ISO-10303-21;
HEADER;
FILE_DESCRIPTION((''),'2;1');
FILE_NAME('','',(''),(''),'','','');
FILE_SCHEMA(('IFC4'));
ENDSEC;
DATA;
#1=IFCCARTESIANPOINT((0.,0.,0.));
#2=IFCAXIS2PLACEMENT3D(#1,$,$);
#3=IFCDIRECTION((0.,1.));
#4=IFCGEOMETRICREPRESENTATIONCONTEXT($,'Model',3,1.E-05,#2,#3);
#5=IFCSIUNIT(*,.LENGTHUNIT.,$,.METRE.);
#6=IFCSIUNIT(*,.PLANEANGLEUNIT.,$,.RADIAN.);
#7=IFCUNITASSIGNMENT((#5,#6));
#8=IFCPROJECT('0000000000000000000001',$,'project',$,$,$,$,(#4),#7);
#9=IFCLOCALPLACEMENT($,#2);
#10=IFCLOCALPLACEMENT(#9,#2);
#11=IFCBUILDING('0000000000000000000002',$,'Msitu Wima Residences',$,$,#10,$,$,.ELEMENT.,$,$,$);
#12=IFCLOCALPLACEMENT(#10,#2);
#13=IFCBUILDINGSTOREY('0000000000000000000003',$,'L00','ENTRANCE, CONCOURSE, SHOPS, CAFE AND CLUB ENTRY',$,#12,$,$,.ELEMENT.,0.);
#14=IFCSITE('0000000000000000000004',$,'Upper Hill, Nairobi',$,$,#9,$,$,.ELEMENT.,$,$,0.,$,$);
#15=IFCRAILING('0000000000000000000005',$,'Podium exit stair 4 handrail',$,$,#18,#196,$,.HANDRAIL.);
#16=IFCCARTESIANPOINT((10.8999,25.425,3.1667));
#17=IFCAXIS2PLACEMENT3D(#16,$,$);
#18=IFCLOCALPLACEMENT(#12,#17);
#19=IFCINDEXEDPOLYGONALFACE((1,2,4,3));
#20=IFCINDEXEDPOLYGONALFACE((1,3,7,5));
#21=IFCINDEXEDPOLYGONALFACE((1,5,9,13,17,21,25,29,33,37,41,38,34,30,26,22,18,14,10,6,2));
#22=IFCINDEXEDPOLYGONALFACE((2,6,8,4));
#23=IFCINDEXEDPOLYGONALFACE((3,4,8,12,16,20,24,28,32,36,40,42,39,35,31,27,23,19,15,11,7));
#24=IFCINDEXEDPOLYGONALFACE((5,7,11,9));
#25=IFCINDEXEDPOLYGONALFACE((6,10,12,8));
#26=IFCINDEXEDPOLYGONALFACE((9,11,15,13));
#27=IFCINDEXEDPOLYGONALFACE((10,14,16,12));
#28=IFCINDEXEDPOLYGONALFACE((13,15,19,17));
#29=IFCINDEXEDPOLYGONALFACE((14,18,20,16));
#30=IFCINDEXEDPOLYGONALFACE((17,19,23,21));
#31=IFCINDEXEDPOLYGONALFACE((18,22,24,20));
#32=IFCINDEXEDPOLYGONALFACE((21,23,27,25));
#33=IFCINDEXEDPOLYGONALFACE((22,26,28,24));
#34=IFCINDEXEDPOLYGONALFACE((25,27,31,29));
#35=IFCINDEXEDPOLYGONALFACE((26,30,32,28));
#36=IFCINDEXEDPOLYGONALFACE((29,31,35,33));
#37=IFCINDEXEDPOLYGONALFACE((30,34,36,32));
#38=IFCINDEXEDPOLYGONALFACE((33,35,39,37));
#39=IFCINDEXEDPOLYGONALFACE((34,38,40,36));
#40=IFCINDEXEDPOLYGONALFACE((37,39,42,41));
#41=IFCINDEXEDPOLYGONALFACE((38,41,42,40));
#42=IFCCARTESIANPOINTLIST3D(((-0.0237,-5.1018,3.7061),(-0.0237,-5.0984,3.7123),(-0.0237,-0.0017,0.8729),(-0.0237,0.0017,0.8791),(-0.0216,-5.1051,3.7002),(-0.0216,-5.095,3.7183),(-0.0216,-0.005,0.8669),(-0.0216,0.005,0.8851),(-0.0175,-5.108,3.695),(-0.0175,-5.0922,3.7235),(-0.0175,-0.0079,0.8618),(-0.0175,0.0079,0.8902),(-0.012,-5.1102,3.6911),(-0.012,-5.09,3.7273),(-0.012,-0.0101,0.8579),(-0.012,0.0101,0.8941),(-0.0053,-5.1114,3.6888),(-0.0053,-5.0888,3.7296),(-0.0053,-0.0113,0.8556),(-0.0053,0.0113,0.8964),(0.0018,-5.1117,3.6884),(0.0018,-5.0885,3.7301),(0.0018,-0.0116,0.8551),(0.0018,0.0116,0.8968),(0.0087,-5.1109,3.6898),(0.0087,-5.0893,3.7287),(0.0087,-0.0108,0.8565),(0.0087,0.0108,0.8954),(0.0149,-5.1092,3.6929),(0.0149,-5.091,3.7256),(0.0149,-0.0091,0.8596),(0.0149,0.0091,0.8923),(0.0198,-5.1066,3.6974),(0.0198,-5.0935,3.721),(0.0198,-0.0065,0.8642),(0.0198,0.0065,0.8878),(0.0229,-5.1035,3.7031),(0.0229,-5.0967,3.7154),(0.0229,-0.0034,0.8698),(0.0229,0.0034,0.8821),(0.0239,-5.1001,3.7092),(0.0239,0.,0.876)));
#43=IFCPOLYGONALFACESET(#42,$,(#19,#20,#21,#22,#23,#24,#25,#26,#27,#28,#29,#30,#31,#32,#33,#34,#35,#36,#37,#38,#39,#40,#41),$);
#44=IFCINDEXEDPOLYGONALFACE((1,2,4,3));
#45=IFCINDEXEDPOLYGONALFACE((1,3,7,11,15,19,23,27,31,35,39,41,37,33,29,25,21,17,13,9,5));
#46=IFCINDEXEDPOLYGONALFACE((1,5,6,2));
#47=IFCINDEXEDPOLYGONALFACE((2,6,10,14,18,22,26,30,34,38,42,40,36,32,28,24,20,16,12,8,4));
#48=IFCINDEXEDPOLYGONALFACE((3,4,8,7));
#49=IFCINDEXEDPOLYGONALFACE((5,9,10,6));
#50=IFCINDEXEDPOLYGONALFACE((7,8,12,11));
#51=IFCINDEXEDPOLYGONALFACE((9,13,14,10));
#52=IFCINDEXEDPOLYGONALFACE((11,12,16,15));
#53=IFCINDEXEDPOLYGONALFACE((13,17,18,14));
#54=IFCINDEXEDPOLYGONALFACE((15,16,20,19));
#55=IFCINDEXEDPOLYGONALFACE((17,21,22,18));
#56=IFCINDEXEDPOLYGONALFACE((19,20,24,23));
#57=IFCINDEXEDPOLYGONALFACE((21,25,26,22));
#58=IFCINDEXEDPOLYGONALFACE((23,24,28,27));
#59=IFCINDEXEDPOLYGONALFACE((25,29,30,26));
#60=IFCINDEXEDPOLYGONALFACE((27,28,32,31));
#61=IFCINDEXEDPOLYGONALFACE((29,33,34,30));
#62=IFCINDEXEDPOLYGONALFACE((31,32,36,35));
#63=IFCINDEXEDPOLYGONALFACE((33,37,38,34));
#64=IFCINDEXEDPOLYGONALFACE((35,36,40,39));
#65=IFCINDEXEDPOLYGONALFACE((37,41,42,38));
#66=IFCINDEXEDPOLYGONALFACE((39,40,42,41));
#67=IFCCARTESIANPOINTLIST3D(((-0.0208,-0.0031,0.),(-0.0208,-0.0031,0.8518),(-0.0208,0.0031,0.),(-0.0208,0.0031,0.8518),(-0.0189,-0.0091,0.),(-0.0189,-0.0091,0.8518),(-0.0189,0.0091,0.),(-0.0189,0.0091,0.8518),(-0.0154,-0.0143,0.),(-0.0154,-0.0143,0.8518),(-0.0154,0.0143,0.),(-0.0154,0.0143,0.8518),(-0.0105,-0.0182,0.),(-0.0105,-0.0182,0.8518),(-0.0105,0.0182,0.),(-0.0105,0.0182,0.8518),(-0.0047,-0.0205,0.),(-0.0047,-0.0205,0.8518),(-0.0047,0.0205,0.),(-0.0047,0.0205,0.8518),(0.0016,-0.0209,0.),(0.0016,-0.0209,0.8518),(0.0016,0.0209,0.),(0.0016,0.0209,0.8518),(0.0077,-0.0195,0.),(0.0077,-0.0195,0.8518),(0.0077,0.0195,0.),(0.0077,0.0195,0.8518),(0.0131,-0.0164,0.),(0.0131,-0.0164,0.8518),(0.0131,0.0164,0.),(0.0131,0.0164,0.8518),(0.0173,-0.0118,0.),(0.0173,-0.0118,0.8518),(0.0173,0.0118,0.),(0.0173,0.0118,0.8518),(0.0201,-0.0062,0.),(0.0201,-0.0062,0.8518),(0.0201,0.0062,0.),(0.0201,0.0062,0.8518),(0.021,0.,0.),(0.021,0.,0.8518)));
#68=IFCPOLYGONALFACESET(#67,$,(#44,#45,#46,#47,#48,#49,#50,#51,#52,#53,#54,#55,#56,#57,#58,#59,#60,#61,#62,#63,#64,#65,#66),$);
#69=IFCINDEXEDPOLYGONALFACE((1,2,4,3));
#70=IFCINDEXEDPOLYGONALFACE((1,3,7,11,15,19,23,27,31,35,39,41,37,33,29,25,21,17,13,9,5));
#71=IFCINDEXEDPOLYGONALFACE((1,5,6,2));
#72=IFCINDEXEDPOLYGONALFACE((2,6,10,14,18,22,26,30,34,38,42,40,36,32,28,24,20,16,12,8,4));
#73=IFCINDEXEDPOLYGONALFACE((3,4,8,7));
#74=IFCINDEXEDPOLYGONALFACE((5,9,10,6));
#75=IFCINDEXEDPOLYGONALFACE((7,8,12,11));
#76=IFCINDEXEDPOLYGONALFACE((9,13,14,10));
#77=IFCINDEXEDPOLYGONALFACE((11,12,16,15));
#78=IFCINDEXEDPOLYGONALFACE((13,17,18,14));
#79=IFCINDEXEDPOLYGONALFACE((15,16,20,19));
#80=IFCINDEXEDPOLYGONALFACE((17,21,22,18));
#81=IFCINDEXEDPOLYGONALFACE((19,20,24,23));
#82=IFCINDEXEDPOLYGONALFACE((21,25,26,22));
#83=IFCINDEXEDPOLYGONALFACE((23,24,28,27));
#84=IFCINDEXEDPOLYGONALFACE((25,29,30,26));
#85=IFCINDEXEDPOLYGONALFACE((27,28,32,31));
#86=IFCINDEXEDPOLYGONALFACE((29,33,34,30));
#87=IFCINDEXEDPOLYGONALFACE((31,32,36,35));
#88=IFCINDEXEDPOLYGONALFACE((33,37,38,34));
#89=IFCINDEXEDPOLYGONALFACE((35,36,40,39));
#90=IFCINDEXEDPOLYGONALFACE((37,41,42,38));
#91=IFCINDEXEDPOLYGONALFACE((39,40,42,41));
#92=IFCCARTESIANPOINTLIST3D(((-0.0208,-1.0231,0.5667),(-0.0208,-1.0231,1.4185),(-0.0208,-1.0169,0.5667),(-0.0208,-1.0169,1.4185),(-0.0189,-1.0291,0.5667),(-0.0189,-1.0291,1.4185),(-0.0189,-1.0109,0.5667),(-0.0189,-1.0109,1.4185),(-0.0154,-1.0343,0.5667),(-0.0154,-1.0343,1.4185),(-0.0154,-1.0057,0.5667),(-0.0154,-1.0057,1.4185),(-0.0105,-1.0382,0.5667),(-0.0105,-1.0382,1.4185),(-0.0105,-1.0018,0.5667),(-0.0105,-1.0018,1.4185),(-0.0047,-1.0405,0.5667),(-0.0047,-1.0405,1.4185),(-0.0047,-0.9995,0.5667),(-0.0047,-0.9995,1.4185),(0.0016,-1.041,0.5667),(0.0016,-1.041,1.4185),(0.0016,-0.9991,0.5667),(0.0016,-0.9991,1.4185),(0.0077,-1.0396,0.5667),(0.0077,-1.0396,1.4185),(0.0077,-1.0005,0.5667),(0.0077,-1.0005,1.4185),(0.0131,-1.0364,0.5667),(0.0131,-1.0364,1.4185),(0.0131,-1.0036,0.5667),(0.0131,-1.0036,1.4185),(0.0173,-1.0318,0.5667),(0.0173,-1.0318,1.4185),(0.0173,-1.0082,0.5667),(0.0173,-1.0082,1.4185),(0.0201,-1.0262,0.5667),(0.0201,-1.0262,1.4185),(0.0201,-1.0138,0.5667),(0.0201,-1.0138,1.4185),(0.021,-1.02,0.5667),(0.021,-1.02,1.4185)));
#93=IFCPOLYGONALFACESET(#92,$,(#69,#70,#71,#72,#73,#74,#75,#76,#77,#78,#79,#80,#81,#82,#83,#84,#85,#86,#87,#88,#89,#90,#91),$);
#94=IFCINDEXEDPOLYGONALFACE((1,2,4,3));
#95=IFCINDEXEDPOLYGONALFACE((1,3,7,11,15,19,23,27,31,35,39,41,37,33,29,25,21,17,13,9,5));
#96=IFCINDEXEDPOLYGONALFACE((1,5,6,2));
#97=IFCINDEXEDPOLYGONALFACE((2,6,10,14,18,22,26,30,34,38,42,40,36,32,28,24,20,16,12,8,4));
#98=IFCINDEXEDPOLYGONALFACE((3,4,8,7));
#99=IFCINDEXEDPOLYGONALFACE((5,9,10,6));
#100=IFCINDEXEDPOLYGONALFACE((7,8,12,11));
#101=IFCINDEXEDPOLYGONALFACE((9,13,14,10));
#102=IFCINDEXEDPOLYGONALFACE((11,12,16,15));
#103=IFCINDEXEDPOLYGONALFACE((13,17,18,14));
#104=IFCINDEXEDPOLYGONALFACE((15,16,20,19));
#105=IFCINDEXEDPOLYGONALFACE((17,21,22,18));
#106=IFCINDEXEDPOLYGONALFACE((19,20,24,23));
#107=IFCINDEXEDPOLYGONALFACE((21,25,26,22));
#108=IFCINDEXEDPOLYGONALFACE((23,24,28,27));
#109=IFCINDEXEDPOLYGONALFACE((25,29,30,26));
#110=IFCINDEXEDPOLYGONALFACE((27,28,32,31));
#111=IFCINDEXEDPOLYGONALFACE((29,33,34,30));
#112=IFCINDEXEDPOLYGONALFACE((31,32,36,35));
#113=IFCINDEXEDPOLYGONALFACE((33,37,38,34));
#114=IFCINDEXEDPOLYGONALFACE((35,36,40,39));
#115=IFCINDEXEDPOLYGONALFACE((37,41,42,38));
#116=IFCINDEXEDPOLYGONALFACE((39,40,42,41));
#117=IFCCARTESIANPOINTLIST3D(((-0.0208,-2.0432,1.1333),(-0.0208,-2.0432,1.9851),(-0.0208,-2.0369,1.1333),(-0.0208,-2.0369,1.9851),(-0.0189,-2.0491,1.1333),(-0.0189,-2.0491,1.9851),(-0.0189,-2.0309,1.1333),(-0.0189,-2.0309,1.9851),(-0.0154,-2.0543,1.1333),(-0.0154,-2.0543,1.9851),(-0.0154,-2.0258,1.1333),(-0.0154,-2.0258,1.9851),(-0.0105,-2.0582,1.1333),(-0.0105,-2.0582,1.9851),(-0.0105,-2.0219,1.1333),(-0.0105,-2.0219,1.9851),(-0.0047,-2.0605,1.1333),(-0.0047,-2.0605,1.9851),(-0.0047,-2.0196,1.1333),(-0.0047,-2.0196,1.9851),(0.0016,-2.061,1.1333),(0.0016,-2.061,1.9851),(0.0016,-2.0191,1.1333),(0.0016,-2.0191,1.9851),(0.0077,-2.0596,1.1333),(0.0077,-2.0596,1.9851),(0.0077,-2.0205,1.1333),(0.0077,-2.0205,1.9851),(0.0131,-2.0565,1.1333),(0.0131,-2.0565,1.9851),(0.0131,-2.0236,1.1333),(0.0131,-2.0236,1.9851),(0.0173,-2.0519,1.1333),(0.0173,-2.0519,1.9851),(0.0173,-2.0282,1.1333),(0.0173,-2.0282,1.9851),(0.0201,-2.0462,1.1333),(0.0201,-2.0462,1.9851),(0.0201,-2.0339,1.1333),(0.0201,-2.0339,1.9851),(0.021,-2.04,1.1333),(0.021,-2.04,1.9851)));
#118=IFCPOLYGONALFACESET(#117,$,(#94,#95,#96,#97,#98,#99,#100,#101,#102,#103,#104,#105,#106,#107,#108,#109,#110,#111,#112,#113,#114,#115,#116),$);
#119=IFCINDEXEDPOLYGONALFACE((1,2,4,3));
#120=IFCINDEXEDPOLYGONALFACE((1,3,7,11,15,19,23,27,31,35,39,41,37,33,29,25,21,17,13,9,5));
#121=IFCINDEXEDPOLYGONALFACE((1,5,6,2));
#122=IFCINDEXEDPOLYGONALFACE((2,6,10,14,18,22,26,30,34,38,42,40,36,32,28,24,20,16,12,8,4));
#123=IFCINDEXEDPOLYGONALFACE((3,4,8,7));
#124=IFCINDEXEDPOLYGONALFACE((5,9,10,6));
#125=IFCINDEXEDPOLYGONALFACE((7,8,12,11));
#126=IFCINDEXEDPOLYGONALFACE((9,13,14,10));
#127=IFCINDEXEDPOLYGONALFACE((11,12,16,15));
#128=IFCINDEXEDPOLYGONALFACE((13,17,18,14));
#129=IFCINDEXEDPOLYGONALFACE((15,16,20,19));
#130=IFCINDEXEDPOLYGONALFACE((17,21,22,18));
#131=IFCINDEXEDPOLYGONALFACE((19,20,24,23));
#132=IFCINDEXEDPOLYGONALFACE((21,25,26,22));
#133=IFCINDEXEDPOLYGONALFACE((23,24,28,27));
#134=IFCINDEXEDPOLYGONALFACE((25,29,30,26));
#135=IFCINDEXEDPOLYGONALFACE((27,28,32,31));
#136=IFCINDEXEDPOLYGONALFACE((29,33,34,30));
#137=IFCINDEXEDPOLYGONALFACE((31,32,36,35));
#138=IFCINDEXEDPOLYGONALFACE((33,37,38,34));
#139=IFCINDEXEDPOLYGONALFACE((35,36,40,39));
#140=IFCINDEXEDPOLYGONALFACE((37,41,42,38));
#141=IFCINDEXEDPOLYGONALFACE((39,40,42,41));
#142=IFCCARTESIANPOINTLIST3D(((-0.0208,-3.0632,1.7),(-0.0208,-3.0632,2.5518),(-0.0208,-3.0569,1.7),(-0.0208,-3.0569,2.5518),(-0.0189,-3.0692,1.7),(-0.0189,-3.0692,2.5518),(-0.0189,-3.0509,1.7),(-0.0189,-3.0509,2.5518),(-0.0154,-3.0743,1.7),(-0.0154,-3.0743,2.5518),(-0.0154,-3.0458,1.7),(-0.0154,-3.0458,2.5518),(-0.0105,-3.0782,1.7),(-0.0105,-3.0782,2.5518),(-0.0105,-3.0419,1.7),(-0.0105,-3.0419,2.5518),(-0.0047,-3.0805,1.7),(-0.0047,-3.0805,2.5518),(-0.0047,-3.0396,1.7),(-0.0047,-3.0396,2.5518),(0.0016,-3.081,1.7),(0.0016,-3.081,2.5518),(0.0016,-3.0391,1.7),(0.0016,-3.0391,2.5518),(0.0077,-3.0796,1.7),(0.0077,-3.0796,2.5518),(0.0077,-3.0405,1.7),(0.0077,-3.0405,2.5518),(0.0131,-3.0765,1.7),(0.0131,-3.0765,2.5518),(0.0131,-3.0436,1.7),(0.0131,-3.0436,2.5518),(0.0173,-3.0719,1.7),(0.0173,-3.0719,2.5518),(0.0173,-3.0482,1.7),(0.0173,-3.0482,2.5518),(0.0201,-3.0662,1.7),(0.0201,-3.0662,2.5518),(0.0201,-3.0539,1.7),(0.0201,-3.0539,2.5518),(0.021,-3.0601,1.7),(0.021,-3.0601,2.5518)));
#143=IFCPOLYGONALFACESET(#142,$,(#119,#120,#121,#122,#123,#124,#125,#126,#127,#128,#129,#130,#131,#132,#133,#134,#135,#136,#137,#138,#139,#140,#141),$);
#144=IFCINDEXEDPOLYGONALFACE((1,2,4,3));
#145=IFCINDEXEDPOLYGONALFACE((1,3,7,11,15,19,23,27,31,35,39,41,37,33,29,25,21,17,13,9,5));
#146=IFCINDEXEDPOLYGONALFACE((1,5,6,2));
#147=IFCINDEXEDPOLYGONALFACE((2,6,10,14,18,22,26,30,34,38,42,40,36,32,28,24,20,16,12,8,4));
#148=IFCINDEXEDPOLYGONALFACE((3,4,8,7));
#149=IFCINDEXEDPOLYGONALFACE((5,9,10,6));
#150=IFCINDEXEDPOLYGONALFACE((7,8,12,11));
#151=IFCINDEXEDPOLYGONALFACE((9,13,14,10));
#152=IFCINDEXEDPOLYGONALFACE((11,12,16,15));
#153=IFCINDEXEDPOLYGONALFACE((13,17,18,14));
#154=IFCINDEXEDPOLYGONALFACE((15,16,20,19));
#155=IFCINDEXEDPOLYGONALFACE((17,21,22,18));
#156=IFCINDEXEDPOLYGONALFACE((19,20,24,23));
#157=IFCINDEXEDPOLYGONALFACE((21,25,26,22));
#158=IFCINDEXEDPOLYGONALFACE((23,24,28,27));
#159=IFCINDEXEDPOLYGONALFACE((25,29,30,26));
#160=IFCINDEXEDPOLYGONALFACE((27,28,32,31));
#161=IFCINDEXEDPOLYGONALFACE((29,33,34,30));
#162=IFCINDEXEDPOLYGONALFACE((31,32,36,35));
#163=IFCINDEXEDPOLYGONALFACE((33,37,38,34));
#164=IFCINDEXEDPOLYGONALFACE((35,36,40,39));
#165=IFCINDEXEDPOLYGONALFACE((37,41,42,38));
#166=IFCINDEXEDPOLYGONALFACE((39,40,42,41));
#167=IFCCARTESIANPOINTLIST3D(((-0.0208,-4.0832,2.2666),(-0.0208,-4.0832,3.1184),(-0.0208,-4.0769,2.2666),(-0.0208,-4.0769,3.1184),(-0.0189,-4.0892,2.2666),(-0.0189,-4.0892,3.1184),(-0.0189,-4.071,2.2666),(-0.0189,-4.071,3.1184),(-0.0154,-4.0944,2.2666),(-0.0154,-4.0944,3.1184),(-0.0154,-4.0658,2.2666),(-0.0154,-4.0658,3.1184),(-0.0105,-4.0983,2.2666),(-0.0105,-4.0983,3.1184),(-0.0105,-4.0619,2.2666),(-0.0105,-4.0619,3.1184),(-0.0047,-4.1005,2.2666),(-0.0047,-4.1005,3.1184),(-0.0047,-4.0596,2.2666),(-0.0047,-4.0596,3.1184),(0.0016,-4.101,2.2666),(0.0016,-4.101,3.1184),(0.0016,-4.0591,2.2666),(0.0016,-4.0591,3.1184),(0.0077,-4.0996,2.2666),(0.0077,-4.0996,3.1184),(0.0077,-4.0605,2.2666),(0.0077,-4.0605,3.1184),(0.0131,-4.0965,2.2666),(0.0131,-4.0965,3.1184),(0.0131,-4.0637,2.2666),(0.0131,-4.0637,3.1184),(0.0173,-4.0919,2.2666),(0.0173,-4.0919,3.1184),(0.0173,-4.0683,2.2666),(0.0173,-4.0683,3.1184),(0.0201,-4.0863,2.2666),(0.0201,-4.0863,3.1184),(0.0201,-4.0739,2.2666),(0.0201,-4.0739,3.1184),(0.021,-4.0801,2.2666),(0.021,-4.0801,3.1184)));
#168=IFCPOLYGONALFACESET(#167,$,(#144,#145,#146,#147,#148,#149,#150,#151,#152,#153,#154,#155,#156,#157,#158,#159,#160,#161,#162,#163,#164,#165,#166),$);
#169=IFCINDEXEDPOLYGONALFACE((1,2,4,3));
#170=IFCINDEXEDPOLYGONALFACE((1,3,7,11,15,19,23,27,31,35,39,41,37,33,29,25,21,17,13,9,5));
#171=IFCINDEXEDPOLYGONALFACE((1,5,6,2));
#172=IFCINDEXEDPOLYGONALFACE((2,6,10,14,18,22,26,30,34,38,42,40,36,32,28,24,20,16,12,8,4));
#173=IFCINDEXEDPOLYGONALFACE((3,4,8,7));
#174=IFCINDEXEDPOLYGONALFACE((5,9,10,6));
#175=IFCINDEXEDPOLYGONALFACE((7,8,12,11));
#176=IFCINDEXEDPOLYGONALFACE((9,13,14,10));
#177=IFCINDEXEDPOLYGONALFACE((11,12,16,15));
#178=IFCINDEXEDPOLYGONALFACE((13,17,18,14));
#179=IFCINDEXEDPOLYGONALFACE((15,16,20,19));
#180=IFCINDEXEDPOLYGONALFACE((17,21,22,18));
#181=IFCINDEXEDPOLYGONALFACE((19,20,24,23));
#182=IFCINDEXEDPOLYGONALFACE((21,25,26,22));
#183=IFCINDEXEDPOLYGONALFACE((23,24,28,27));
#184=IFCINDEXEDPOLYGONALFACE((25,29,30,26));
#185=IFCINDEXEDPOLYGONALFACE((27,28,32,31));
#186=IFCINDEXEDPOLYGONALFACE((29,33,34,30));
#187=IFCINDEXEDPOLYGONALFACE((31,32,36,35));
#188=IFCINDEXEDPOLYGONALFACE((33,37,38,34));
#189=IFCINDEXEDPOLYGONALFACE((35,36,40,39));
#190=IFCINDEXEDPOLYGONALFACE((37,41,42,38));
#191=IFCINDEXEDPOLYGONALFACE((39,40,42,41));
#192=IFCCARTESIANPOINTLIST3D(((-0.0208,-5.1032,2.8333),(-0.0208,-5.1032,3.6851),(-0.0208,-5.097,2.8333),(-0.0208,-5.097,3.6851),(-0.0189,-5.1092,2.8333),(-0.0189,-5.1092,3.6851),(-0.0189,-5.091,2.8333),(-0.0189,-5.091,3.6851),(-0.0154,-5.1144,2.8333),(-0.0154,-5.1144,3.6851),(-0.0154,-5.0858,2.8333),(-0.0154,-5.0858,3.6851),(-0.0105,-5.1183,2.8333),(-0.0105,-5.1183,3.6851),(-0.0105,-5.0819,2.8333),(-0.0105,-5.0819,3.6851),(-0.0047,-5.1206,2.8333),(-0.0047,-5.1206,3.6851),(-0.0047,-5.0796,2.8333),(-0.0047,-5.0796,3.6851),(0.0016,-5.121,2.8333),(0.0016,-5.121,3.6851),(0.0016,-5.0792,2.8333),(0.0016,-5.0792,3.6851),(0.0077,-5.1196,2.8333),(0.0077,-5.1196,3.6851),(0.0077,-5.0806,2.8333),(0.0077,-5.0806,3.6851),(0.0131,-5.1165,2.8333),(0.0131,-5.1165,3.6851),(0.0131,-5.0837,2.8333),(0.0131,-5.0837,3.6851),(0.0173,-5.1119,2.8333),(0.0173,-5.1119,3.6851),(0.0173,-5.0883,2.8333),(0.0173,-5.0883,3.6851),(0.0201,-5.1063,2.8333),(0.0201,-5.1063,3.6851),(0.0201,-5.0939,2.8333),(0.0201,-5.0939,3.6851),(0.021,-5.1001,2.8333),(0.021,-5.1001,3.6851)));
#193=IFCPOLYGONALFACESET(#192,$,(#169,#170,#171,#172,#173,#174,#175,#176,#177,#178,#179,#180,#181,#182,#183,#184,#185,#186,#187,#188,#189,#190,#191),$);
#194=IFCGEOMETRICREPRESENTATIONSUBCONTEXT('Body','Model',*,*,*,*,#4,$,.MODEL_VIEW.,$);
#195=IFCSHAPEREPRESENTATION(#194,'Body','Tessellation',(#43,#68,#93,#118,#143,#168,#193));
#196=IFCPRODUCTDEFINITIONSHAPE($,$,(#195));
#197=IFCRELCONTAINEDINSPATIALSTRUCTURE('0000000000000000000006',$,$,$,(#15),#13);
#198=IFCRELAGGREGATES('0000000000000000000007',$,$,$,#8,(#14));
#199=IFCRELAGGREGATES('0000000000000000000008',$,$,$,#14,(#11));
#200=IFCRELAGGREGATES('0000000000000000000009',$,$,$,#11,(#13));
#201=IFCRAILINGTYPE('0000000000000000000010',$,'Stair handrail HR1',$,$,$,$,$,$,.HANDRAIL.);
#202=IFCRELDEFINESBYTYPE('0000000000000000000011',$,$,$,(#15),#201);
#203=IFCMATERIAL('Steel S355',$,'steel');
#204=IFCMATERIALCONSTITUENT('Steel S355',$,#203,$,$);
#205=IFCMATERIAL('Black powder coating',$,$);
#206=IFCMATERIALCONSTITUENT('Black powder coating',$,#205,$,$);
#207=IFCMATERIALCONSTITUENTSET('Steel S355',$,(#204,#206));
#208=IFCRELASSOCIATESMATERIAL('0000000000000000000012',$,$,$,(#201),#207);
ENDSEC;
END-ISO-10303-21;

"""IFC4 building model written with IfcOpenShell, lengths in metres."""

from ifc_helpers import new_model, si_unit, direction, frame, origin, origin_2d, place, context, subcontext, project, spatial, circle, extrude, material, constituent, constituent_set, type_object, element, save


model = new_model("IFC4")

# Units and contexts
model_context = context("Model", 3, precision=1e-05, world=origin(), true_north=direction((0.0, 1.0)))
body_context = subcontext(model_context, "Body", "Model", "MODEL_VIEW")
ifc_project = project(units=[si_unit("LENGTHUNIT", "METRE"), si_unit("PLANEANGLEUNIT", "RADIAN")], contexts=[model_context])

# Site, building, storey
site_placement = place(None, origin())
site = spatial("IfcSite", under=ifc_project, at=site_placement, Name="Upper Hill, Nairobi", CompositionType="ELEMENT", RefElevation=0.0)
building_placement = place(site_placement, origin())
building = spatial("IfcBuilding", under=site, at=building_placement, Name="Msitu Wima Residences", CompositionType="ELEMENT")
storey_placement = place(building_placement, origin())
storey = spatial("IfcBuildingStorey", under=building, at=storey_placement, Name="L00", Description="ENTRANCE, CONCOURSE, SHOPS, CAFE AND CLUB ENTRY", CompositionType="ELEMENT", Elevation=0.0)

# Railing
ifc_material_1 = material(Name="Steel S355", Category="steel")
ifc_constituent_1 = constituent(ifc_material_1, Name="Steel S355")
ifc_material_2 = material(Name="Black powder coating")
ifc_constituent_2 = constituent(ifc_material_2, Name="Black powder coating")
ifc_constituent_set = constituent_set(constituents=[ifc_constituent_1, ifc_constituent_2], Name="Steel S355")
railing_type = type_object("IfcRailingType", Name="Stair handrail HR1", PredefinedType="HANDRAIL", material=ifc_constituent_set)
for number, where, name in (
    (1, (10.8999, 25.425, 3.1667), "Podium exit stair 4 handrail"),
):
    element("IfcRailing", number, at=place(storey_placement, frame(where)), inside=storey, type_object=railing_type, Name=name, PredefinedType="HANDRAIL", context=body_context, shape_type="SweptSolid", body=[
        extrude(circle(Radius=0.0239, at=origin_2d()), frame((0.0, 0.0, 0.876), z_axis=(0.0, -0.874167, 0.485625), x_axis=(1.0, 0.0, 0.0)), (0.0, 0.0, 1.0), 5.8342),
        extrude(circle(Radius=0.021, at=origin_2d()), origin(), (0.0, 0.0, 1.0), 0.8518),
        extrude(circle(Radius=0.021, at=origin_2d()), frame((0.0, -1.02, 0.5667)), (0.0, 0.0, 1.0), 0.8518),
        extrude(circle(Radius=0.021, at=origin_2d()), frame((0.0, -2.04, 1.1333)), (0.0, 0.0, 1.0), 0.8518),
        extrude(circle(Radius=0.021, at=origin_2d()), frame((0.0, -3.0601, 1.7)), (0.0, 0.0, 1.0), 0.8518),
        extrude(circle(Radius=0.021, at=origin_2d()), frame((0.0, -4.0801, 2.2666)), (0.0, 0.0, 1.0), 0.8518),
        extrude(circle(Radius=0.021, at=origin_2d()), frame((0.0, -5.1001, 2.8333)), (0.0, 0.0, 1.0), 0.8518),
    ])

save(model, "model.ifc")
